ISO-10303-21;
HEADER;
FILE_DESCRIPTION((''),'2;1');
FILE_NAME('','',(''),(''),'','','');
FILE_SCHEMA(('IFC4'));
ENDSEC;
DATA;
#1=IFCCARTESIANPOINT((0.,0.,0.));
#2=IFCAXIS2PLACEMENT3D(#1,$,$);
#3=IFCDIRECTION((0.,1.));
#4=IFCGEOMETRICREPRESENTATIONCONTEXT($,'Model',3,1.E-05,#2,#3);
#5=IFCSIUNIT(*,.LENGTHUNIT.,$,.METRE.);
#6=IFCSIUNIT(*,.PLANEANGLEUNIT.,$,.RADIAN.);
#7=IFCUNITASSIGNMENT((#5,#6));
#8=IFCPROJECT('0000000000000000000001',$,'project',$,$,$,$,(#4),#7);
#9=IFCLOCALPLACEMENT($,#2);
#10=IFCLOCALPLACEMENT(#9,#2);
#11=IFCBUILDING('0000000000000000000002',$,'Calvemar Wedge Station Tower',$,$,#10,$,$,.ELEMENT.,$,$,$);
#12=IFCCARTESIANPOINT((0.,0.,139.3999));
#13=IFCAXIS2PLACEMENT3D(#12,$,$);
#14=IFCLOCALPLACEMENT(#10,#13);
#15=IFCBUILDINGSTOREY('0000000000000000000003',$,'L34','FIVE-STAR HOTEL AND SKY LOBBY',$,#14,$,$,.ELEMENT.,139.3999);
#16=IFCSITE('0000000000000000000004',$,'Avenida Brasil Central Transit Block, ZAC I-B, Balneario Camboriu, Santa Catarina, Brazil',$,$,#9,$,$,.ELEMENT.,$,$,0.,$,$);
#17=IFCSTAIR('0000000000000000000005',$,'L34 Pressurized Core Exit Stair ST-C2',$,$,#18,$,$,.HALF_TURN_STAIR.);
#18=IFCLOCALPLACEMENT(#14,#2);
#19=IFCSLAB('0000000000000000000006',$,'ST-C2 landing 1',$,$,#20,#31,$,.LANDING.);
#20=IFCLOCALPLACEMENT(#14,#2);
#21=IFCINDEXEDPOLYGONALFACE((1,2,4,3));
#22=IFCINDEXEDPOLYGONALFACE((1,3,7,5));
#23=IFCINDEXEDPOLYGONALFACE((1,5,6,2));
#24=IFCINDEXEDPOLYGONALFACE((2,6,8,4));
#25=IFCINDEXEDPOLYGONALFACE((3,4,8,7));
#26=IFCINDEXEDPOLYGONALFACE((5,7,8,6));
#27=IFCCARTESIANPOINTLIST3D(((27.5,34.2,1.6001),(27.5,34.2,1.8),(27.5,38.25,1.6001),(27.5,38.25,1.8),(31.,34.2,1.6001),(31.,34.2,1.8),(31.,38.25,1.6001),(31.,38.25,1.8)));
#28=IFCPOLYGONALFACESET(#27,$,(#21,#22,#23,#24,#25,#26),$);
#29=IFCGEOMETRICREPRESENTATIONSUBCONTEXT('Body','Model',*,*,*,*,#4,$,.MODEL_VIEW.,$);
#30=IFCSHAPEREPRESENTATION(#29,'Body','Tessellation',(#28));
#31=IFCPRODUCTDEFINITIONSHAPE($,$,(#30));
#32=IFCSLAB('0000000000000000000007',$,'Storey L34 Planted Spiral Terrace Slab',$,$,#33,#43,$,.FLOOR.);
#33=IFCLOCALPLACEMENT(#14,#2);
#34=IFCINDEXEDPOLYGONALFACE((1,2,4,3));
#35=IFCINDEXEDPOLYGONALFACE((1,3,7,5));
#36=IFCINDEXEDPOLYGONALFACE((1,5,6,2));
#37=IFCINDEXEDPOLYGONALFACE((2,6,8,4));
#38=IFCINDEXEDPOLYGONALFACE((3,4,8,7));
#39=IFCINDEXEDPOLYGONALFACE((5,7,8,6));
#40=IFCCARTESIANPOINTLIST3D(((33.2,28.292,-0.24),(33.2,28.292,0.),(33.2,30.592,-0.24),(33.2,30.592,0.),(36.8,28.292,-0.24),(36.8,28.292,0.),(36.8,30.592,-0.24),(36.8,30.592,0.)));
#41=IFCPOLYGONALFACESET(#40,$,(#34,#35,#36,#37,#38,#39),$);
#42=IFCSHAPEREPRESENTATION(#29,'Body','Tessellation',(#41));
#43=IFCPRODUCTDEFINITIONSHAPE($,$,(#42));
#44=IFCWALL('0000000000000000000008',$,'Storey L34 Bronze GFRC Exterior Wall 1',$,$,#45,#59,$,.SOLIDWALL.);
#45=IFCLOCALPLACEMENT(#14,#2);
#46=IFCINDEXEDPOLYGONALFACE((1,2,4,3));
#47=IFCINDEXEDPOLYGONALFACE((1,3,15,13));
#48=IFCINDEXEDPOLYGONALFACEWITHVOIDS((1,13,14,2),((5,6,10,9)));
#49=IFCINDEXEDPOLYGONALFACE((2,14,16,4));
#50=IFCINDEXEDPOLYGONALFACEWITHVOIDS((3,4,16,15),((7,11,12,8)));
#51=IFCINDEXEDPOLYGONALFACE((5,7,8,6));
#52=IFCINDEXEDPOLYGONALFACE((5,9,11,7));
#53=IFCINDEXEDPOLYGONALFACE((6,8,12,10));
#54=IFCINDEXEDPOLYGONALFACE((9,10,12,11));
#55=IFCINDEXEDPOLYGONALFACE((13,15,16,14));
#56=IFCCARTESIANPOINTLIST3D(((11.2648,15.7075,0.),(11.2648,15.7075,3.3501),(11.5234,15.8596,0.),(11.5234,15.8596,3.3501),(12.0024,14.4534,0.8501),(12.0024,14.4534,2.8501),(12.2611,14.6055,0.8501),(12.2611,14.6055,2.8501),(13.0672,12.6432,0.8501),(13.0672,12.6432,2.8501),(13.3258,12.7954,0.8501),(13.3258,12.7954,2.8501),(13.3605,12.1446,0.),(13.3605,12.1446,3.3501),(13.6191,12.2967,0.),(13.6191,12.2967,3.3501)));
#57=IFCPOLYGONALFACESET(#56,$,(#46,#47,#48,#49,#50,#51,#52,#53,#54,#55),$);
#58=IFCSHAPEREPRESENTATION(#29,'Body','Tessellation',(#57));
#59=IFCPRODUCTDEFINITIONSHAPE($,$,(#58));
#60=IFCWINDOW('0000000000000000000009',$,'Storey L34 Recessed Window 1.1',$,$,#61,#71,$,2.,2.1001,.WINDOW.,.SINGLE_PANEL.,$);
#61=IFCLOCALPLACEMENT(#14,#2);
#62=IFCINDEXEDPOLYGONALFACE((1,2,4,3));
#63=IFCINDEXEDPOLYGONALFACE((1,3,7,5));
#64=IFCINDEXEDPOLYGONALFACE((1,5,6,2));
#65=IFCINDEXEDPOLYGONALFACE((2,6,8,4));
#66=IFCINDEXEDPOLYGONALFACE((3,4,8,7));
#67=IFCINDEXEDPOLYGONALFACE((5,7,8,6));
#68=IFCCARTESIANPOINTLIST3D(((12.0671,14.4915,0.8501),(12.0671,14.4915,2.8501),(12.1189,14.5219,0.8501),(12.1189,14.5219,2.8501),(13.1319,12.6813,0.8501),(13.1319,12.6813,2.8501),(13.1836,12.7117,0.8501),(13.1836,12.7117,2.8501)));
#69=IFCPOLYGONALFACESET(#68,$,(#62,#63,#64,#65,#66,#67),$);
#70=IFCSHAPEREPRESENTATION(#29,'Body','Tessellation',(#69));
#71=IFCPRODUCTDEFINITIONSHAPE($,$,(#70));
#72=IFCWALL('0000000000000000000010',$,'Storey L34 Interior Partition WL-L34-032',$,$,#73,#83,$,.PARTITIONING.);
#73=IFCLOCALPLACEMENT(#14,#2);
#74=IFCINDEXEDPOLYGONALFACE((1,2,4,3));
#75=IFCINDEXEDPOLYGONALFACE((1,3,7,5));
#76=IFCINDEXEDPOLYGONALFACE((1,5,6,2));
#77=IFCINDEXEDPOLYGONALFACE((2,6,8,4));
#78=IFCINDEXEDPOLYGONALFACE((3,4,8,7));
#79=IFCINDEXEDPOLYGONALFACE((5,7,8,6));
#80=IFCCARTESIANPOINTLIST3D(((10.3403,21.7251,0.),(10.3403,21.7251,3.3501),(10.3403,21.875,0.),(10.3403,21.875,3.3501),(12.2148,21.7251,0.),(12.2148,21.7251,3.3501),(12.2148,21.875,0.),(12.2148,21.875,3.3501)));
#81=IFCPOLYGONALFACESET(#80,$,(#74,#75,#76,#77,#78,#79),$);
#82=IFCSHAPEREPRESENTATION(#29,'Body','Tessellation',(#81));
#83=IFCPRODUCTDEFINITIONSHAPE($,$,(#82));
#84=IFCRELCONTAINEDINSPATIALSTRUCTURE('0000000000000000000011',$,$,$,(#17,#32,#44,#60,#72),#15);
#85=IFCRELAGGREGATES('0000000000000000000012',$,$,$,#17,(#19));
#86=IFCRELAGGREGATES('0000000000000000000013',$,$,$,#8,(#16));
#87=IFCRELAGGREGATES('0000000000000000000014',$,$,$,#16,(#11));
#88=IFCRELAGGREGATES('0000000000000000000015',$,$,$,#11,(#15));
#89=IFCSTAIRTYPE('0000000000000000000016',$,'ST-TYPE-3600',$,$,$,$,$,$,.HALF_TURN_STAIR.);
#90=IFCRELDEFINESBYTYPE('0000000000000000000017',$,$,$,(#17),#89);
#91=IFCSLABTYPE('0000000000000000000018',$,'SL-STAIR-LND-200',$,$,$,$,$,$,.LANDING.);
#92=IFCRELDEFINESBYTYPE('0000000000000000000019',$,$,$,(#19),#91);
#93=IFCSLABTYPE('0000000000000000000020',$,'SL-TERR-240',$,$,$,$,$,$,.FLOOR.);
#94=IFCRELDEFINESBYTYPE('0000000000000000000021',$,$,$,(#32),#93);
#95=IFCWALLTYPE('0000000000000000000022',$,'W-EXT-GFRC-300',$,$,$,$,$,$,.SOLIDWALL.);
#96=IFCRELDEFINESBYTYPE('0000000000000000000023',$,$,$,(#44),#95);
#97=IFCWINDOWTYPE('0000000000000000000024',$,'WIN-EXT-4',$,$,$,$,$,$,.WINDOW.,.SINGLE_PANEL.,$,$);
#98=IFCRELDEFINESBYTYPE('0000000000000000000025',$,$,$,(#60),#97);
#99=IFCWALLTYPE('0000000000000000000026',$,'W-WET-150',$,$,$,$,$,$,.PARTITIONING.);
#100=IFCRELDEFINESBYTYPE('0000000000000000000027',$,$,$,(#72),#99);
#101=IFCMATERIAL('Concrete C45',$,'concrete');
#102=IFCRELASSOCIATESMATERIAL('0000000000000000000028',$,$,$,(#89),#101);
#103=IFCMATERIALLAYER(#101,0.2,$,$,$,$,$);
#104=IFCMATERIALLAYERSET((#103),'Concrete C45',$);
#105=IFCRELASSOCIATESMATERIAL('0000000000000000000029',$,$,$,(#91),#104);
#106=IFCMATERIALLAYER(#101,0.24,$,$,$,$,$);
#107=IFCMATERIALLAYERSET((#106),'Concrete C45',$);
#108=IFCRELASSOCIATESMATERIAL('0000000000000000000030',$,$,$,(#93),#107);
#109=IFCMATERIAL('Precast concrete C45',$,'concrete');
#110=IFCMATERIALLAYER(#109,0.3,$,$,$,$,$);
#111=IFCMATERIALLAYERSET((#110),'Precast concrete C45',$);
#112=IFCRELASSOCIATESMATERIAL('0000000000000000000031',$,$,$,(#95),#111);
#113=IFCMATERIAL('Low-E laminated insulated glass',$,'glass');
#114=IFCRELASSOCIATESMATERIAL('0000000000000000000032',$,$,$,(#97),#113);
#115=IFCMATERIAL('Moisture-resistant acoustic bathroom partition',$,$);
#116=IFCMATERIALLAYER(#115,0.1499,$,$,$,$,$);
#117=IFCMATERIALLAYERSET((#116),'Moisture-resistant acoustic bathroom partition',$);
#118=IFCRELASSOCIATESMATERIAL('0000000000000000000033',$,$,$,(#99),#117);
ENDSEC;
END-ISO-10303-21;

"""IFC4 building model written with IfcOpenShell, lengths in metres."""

from ifc_helpers import new_model, si_unit, direction, frame, frame_2d, origin, place, context, subcontext, project, spatial, polyline, rectangle, outline, extrude, source, transform, mapped, material, layer, layer_set, type_object, element, fill, aggregate, save


model = new_model("IFC4")

# Units and contexts
model_context = context("Model", 3, precision=1e-05, world=origin(), true_north=direction((0.0, 1.0)))
body_context = subcontext(model_context, "Body", "Model", "MODEL_VIEW")
ifc_project = project(units=[si_unit("LENGTHUNIT", "METRE"), si_unit("PLANEANGLEUNIT", "RADIAN")], contexts=[model_context])

# Site, building, storey
site_placement = place(None, origin())
site = spatial("IfcSite", under=ifc_project, at=site_placement, Name="Avenida Brasil Central Transit Block, ZAC I-B, Balneario Camboriu, Santa Catarina, Brazil", CompositionType="ELEMENT", RefElevation=0.0)
building_placement = place(site_placement, origin())
building = spatial("IfcBuilding", under=site, at=building_placement, Name="Calvemar Wedge Station Tower", CompositionType="ELEMENT")
storey_placement = place(building_placement, frame((0.0, 0.0, 139.3999)))
storey = spatial("IfcBuildingStorey", under=building, at=storey_placement, Name="L34", Description="FIVE-STAR HOTEL AND SKY LOBBY", CompositionType="ELEMENT", Elevation=139.3999)

# Stair, slab
ifc_material_1 = material(Name="Concrete C45", Category="concrete")
stair_type = type_object("IfcStairType", Name="ST-TYPE-3600", PredefinedType="HALF_TURN_STAIR", material=ifc_material_1)
ifc_layer_1 = layer(ifc_material_1, 0.2)
ifc_layer_set_1 = layer_set([ifc_layer_1], Name="Concrete C45")
slab_type_1 = type_object("IfcSlabType", Name="SL-STAIR-LND-200", PredefinedType="LANDING", material=ifc_layer_set_1)
stair_1_placement = place(storey_placement, origin())
stair_1 = element("IfcStair", 1, at=stair_1_placement, inside=storey, type_object=stair_type, Name="L34 Pressurized Core Exit Stair ST-C2", PredefinedType="HALF_TURN_STAIR")
slab_1_placement = place(storey_placement, frame((0.0, 0.0, 1.6001)))
slab_1 = element("IfcSlab", 2, at=slab_1_placement, type_object=slab_type_1, Name="ST-C2 landing 1", PredefinedType="LANDING", context=body_context, shape_type="SweptSolid", body=[
    extrude(outline(polyline([(27.5, 38.25), (27.5, 34.2), (31.0, 34.2), (31.0, 38.25), (27.5, 38.25)])), origin(), (0.0, 0.0, 1.0), 0.2),
])
aggregate(stair_1, [slab_1])

# Slab
ifc_layer_2 = layer(ifc_material_1, 0.24)
ifc_layer_set_2 = layer_set([ifc_layer_2], Name="Concrete C45")
slab_type_2 = type_object("IfcSlabType", Name="SL-TERR-240", PredefinedType="FLOOR", material=ifc_layer_set_2)
slab_2_placement = place(storey_placement, frame((0.0, 0.0, -0.24)))
element("IfcSlab", 3, at=slab_2_placement, inside=storey, type_object=slab_type_2, Name="Storey L34 Planted Spiral Terrace Slab", PredefinedType="FLOOR", context=body_context, shape_type="SweptSolid", body=[
    extrude(outline(polyline([(33.2, 30.592), (33.2, 28.292), (36.8, 28.292), (36.8, 30.592), (33.2, 30.592)])), origin(), (0.0, 0.0, 1.0), 0.24),
])

# Wall, opening, window
ifc_material_2 = material(Name="Precast concrete C45", Category="concrete")
ifc_layer_3 = layer(ifc_material_2, 0.3)
ifc_layer_set_3 = layer_set([ifc_layer_3], Name="Precast concrete C45")
wall_type_1 = type_object("IfcWallType", Name="W-EXT-GFRC-300", PredefinedType="SOLIDWALL", material=ifc_layer_set_3)
wall_1_placement = place(storey_placement, frame((11.394, 15.7837, 0.0), z_axis=(0.0, 0.0, 1.0), x_axis=(0.506989, -0.861952, 0.0)))
wall_1 = element("IfcWall", 4, at=wall_1_placement, inside=storey, type_object=wall_type_1, Name="Storey L34 Bronze GFRC Exterior Wall 1", PredefinedType="SOLIDWALL", context=body_context, shape_type="SweptSolid", body=[
    extrude(rectangle(XDim=4.1335, YDim=0.3, at=frame_2d((2.0669, 0.0))), origin(), (0.0, 0.0, 1.0), 3.3501),
])
shared_shape_1 = source(origin(), body_context, "Body", "SweptSolid", [
    extrude(rectangle(XDim=2.1001, YDim=2.0, at=frame_2d((1.05, 1.0))), frame((0.0, 0.1602, 0.0), z_axis=(0.0, -1.0, 0.0), x_axis=(1.0, 0.0, 0.0)), (0.0, 0.0, 1.0), 0.3201),
])
opening_1_placement = place(wall_1_placement, frame((1.4551, 0.0, 0.8501)))
opening_1 = element("IfcOpeningElement", 5, at=opening_1_placement, cuts=wall_1, PredefinedType="OPENING", context=body_context, shape_type="MappedRepresentation", body=[
    mapped(shared_shape_1, transform((0.0, 0.0, 0.0), scale=1.0)),
])
ifc_material_3 = material(Name="Low-E laminated insulated glass", Category="glass")
window_type = type_object("IfcWindowType", Name="WIN-EXT-4", PartitioningType="SINGLE_PANEL", PredefinedType="WINDOW", material=ifc_material_3)
shared_shape_2 = source(origin(), body_context, "Body", "SweptSolid", [
    extrude(rectangle(XDim=2.1001, YDim=2.0, at=frame_2d((1.05, 1.0))), frame((0.0, -0.0149, 0.0), z_axis=(0.0, -1.0, 0.0), x_axis=(1.0, 0.0, 0.0)), (0.0, 0.0, 1.0), 0.0601),
])
window_placement = place(opening_1_placement, origin())
window = element("IfcWindow", 6, at=window_placement, inside=storey, type_object=window_type, Name="Storey L34 Recessed Window 1.1", OverallHeight=2.0, OverallWidth=2.1001, PartitioningType="SINGLE_PANEL", PredefinedType="WINDOW", context=body_context, shape_type="MappedRepresentation", body=[
    mapped(shared_shape_2, transform((0.0, 0.0, 0.0), scale=1.0)),
])
fill(opening_1, window)

# Shared definitions
ifc_material_4 = material(Name="Moisture-resistant acoustic bathroom partition")
ifc_layer_4 = layer(ifc_material_4, 0.1499)
ifc_layer_set_4 = layer_set([ifc_layer_4], Name="Moisture-resistant acoustic bathroom partition")
wall_type_2 = type_object("IfcWallType", Name="W-WET-150", PredefinedType="PARTITIONING", material=ifc_layer_set_4)

# Wall
wall_2_placement = place(storey_placement, frame((12.2148, 21.8, 0.0), z_axis=(0.0, 0.0, 1.0), x_axis=(-1.0, 0.0, 0.0)))
element("IfcWall", 7, at=wall_2_placement, inside=storey, type_object=wall_type_2, Name="Storey L34 Interior Partition WL-L34-032", PredefinedType="PARTITIONING", context=body_context, shape_type="SweptSolid", body=[
    extrude(rectangle(XDim=1.8745, YDim=0.1499, at=frame_2d((0.9373, 0.0))), origin(), (0.0, 0.0, 1.0), 3.3501),
])

save(model, "model.ifc")
